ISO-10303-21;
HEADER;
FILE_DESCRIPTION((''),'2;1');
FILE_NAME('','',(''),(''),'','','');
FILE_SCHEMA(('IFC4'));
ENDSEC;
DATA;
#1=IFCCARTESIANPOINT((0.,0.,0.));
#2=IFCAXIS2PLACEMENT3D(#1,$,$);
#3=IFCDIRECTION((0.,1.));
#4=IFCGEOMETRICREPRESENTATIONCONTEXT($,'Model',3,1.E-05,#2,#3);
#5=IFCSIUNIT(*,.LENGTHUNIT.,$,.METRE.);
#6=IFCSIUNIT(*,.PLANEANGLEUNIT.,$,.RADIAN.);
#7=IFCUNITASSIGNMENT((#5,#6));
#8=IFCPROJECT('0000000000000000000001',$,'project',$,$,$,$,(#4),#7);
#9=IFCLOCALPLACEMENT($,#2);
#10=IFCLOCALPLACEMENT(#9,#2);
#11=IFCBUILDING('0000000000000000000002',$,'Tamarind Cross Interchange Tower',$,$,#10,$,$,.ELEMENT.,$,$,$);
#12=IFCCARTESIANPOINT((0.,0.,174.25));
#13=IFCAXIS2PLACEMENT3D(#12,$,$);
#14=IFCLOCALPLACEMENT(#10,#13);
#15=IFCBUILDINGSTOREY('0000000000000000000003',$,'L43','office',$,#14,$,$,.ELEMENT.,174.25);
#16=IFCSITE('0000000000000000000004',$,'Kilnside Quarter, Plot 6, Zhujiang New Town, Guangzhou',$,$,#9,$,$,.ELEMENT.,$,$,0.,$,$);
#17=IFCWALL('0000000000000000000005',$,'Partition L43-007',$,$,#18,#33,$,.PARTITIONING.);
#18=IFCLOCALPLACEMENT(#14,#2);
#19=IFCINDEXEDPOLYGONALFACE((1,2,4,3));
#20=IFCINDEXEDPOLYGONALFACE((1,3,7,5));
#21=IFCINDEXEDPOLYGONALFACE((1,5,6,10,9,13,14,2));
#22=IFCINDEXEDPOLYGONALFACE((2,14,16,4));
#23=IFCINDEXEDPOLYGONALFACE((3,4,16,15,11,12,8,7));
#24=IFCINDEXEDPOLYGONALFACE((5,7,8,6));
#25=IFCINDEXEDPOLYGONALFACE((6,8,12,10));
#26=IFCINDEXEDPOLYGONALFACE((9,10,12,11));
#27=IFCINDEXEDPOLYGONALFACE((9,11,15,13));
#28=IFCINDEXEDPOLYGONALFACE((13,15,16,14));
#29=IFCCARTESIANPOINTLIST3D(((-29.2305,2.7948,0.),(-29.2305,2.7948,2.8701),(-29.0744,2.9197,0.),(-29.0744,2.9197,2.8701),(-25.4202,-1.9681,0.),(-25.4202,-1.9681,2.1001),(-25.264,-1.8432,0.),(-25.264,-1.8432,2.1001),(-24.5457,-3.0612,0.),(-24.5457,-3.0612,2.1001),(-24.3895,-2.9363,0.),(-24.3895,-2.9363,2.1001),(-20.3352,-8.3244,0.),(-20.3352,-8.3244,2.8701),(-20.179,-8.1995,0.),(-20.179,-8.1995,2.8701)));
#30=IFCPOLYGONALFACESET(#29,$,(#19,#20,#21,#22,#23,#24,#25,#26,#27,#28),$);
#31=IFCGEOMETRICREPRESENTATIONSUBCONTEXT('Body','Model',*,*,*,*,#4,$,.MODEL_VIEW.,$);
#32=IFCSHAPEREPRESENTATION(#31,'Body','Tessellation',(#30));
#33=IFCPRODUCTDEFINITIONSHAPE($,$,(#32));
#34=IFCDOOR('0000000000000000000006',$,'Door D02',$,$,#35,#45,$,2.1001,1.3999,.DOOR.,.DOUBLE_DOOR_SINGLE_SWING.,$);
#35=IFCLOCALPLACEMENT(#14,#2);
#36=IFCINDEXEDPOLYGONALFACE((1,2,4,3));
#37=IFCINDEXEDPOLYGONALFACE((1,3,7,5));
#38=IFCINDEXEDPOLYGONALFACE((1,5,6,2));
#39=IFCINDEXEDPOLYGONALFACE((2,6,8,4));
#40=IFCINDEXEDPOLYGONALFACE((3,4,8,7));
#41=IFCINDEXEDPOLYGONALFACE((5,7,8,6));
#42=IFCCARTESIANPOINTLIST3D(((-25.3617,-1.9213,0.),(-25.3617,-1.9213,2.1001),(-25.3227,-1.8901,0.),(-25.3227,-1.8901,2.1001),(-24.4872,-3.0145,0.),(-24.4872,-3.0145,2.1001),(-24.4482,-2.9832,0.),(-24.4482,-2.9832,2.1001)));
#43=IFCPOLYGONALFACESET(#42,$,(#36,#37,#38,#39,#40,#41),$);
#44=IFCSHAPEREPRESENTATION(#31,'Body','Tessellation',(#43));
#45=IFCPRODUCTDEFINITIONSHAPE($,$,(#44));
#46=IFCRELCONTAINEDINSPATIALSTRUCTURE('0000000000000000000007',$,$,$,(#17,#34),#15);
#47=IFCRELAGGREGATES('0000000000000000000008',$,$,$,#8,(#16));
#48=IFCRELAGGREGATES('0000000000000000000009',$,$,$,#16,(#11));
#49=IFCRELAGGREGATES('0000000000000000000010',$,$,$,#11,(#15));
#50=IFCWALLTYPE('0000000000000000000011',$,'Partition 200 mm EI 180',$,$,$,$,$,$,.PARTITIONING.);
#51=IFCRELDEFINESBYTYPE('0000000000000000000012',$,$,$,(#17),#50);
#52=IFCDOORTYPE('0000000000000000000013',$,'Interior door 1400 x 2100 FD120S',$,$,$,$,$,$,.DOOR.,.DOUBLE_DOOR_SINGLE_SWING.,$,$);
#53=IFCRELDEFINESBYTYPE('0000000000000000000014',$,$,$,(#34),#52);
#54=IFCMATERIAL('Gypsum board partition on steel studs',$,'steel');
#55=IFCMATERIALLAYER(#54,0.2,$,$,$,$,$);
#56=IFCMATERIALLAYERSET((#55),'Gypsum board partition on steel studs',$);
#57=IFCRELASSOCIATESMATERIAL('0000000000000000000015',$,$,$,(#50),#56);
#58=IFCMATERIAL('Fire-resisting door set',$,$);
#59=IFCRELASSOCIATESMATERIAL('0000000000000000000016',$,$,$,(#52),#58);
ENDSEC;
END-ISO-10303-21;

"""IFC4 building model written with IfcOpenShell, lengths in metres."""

from ifc_helpers import new_model, si_unit, direction, frame, frame_2d, origin, place, context, subcontext, project, spatial, rectangle, extrude, material, layer, layer_set, type_object, element, fill, save


model = new_model("IFC4")

# Units and contexts
model_context = context("Model", 3, precision=1e-05, world=origin(), true_north=direction((0.0, 1.0)))
body_context = subcontext(model_context, "Body", "Model", "MODEL_VIEW")
ifc_project = project(units=[si_unit("LENGTHUNIT", "METRE"), si_unit("PLANEANGLEUNIT", "RADIAN")], contexts=[model_context])

# Site, building, storey
site_placement = place(None, origin())
site = spatial("IfcSite", under=ifc_project, at=site_placement, Name="Kilnside Quarter, Plot 6, Zhujiang New Town, Guangzhou", CompositionType="ELEMENT", RefElevation=0.0)
building_placement = place(site_placement, origin())
building = spatial("IfcBuilding", under=site, at=building_placement, Name="Tamarind Cross Interchange Tower", CompositionType="ELEMENT")
storey_placement = place(building_placement, frame((0.0, 0.0, 174.25)))
storey = spatial("IfcBuildingStorey", under=building, at=storey_placement, Name="L43", Description="office", CompositionType="ELEMENT", Elevation=174.25)

# Shared definitions
ifc_material_1 = material(Name="Gypsum board partition on steel studs", Category="steel")

# Shared definitions
ifc_material_2 = material(Name="Fire-resisting door set")

# Wall, opening, door
ifc_layer_1 = layer(ifc_material_1, 0.2)
ifc_layer_set_1 = layer_set([ifc_layer_1], Name="Gypsum board partition on steel studs")
wall_type_1 = type_object("IfcWallType", Name="Partition 200 mm EI 180", PredefinedType="PARTITIONING", material=ifc_layer_set_1)
wall_1_placement = place(storey_placement, frame((-29.1523, 2.8572, 0.0), z_axis=(0.0, 0.0, 1.0), x_axis=(0.624693, -0.78087, 0.0)))
wall_1 = element("IfcWall", 1, at=wall_1_placement, inside=storey, type_object=wall_type_1, Name="Partition L43-007", PredefinedType="PARTITIONING", context=body_context, shape_type="SweptSolid", body=[
    extrude(rectangle(XDim=14.2395, YDim=0.2, at=frame_2d((7.1196, 0.0))), origin(), (0.0, 0.0, 1.0), 2.8701),
])
opening_1_placement = place(wall_1_placement, frame((6.0994, 0.0, 0.0)))
opening_1 = element("IfcOpeningElement", 2, at=opening_1_placement, cuts=wall_1, PredefinedType="OPENING", context=body_context, shape_type="SweptSolid", body=[
    extrude(rectangle(XDim=1.3999, YDim=2.1001, at=frame_2d((0.7, 1.05))), frame((0.0, 0.1099, 0.0), z_axis=(0.0, -1.0, 0.0), x_axis=(1.0, 0.0, 0.0)), (0.0, 0.0, 1.0), 0.22),
])
door_type_1 = type_object("IfcDoorType", Name="Interior door 1400 x 2100 FD120S", OperationType="DOUBLE_DOOR_SINGLE_SWING", PredefinedType="DOOR", material=ifc_material_2)
door_1_placement = place(opening_1_placement, origin())
door_1 = element("IfcDoor", 3, at=door_1_placement, inside=storey, type_object=door_type_1, Name="Door D02", OperationType="DOUBLE_DOOR_SINGLE_SWING", OverallHeight=2.1001, OverallWidth=1.3999, PredefinedType="DOOR", context=body_context, shape_type="SweptSolid", body=[
    extrude(rectangle(XDim=1.3999, YDim=2.1001, at=frame_2d((0.7, 1.05))), frame((0.0, 0.0249, 0.0), z_axis=(0.0, -1.0, 0.0), x_axis=(1.0, 0.0, 0.0)), (0.0, 0.0, 1.0), 0.05),
])
fill(opening_1, door_1)

save(model, "model.ifc")
